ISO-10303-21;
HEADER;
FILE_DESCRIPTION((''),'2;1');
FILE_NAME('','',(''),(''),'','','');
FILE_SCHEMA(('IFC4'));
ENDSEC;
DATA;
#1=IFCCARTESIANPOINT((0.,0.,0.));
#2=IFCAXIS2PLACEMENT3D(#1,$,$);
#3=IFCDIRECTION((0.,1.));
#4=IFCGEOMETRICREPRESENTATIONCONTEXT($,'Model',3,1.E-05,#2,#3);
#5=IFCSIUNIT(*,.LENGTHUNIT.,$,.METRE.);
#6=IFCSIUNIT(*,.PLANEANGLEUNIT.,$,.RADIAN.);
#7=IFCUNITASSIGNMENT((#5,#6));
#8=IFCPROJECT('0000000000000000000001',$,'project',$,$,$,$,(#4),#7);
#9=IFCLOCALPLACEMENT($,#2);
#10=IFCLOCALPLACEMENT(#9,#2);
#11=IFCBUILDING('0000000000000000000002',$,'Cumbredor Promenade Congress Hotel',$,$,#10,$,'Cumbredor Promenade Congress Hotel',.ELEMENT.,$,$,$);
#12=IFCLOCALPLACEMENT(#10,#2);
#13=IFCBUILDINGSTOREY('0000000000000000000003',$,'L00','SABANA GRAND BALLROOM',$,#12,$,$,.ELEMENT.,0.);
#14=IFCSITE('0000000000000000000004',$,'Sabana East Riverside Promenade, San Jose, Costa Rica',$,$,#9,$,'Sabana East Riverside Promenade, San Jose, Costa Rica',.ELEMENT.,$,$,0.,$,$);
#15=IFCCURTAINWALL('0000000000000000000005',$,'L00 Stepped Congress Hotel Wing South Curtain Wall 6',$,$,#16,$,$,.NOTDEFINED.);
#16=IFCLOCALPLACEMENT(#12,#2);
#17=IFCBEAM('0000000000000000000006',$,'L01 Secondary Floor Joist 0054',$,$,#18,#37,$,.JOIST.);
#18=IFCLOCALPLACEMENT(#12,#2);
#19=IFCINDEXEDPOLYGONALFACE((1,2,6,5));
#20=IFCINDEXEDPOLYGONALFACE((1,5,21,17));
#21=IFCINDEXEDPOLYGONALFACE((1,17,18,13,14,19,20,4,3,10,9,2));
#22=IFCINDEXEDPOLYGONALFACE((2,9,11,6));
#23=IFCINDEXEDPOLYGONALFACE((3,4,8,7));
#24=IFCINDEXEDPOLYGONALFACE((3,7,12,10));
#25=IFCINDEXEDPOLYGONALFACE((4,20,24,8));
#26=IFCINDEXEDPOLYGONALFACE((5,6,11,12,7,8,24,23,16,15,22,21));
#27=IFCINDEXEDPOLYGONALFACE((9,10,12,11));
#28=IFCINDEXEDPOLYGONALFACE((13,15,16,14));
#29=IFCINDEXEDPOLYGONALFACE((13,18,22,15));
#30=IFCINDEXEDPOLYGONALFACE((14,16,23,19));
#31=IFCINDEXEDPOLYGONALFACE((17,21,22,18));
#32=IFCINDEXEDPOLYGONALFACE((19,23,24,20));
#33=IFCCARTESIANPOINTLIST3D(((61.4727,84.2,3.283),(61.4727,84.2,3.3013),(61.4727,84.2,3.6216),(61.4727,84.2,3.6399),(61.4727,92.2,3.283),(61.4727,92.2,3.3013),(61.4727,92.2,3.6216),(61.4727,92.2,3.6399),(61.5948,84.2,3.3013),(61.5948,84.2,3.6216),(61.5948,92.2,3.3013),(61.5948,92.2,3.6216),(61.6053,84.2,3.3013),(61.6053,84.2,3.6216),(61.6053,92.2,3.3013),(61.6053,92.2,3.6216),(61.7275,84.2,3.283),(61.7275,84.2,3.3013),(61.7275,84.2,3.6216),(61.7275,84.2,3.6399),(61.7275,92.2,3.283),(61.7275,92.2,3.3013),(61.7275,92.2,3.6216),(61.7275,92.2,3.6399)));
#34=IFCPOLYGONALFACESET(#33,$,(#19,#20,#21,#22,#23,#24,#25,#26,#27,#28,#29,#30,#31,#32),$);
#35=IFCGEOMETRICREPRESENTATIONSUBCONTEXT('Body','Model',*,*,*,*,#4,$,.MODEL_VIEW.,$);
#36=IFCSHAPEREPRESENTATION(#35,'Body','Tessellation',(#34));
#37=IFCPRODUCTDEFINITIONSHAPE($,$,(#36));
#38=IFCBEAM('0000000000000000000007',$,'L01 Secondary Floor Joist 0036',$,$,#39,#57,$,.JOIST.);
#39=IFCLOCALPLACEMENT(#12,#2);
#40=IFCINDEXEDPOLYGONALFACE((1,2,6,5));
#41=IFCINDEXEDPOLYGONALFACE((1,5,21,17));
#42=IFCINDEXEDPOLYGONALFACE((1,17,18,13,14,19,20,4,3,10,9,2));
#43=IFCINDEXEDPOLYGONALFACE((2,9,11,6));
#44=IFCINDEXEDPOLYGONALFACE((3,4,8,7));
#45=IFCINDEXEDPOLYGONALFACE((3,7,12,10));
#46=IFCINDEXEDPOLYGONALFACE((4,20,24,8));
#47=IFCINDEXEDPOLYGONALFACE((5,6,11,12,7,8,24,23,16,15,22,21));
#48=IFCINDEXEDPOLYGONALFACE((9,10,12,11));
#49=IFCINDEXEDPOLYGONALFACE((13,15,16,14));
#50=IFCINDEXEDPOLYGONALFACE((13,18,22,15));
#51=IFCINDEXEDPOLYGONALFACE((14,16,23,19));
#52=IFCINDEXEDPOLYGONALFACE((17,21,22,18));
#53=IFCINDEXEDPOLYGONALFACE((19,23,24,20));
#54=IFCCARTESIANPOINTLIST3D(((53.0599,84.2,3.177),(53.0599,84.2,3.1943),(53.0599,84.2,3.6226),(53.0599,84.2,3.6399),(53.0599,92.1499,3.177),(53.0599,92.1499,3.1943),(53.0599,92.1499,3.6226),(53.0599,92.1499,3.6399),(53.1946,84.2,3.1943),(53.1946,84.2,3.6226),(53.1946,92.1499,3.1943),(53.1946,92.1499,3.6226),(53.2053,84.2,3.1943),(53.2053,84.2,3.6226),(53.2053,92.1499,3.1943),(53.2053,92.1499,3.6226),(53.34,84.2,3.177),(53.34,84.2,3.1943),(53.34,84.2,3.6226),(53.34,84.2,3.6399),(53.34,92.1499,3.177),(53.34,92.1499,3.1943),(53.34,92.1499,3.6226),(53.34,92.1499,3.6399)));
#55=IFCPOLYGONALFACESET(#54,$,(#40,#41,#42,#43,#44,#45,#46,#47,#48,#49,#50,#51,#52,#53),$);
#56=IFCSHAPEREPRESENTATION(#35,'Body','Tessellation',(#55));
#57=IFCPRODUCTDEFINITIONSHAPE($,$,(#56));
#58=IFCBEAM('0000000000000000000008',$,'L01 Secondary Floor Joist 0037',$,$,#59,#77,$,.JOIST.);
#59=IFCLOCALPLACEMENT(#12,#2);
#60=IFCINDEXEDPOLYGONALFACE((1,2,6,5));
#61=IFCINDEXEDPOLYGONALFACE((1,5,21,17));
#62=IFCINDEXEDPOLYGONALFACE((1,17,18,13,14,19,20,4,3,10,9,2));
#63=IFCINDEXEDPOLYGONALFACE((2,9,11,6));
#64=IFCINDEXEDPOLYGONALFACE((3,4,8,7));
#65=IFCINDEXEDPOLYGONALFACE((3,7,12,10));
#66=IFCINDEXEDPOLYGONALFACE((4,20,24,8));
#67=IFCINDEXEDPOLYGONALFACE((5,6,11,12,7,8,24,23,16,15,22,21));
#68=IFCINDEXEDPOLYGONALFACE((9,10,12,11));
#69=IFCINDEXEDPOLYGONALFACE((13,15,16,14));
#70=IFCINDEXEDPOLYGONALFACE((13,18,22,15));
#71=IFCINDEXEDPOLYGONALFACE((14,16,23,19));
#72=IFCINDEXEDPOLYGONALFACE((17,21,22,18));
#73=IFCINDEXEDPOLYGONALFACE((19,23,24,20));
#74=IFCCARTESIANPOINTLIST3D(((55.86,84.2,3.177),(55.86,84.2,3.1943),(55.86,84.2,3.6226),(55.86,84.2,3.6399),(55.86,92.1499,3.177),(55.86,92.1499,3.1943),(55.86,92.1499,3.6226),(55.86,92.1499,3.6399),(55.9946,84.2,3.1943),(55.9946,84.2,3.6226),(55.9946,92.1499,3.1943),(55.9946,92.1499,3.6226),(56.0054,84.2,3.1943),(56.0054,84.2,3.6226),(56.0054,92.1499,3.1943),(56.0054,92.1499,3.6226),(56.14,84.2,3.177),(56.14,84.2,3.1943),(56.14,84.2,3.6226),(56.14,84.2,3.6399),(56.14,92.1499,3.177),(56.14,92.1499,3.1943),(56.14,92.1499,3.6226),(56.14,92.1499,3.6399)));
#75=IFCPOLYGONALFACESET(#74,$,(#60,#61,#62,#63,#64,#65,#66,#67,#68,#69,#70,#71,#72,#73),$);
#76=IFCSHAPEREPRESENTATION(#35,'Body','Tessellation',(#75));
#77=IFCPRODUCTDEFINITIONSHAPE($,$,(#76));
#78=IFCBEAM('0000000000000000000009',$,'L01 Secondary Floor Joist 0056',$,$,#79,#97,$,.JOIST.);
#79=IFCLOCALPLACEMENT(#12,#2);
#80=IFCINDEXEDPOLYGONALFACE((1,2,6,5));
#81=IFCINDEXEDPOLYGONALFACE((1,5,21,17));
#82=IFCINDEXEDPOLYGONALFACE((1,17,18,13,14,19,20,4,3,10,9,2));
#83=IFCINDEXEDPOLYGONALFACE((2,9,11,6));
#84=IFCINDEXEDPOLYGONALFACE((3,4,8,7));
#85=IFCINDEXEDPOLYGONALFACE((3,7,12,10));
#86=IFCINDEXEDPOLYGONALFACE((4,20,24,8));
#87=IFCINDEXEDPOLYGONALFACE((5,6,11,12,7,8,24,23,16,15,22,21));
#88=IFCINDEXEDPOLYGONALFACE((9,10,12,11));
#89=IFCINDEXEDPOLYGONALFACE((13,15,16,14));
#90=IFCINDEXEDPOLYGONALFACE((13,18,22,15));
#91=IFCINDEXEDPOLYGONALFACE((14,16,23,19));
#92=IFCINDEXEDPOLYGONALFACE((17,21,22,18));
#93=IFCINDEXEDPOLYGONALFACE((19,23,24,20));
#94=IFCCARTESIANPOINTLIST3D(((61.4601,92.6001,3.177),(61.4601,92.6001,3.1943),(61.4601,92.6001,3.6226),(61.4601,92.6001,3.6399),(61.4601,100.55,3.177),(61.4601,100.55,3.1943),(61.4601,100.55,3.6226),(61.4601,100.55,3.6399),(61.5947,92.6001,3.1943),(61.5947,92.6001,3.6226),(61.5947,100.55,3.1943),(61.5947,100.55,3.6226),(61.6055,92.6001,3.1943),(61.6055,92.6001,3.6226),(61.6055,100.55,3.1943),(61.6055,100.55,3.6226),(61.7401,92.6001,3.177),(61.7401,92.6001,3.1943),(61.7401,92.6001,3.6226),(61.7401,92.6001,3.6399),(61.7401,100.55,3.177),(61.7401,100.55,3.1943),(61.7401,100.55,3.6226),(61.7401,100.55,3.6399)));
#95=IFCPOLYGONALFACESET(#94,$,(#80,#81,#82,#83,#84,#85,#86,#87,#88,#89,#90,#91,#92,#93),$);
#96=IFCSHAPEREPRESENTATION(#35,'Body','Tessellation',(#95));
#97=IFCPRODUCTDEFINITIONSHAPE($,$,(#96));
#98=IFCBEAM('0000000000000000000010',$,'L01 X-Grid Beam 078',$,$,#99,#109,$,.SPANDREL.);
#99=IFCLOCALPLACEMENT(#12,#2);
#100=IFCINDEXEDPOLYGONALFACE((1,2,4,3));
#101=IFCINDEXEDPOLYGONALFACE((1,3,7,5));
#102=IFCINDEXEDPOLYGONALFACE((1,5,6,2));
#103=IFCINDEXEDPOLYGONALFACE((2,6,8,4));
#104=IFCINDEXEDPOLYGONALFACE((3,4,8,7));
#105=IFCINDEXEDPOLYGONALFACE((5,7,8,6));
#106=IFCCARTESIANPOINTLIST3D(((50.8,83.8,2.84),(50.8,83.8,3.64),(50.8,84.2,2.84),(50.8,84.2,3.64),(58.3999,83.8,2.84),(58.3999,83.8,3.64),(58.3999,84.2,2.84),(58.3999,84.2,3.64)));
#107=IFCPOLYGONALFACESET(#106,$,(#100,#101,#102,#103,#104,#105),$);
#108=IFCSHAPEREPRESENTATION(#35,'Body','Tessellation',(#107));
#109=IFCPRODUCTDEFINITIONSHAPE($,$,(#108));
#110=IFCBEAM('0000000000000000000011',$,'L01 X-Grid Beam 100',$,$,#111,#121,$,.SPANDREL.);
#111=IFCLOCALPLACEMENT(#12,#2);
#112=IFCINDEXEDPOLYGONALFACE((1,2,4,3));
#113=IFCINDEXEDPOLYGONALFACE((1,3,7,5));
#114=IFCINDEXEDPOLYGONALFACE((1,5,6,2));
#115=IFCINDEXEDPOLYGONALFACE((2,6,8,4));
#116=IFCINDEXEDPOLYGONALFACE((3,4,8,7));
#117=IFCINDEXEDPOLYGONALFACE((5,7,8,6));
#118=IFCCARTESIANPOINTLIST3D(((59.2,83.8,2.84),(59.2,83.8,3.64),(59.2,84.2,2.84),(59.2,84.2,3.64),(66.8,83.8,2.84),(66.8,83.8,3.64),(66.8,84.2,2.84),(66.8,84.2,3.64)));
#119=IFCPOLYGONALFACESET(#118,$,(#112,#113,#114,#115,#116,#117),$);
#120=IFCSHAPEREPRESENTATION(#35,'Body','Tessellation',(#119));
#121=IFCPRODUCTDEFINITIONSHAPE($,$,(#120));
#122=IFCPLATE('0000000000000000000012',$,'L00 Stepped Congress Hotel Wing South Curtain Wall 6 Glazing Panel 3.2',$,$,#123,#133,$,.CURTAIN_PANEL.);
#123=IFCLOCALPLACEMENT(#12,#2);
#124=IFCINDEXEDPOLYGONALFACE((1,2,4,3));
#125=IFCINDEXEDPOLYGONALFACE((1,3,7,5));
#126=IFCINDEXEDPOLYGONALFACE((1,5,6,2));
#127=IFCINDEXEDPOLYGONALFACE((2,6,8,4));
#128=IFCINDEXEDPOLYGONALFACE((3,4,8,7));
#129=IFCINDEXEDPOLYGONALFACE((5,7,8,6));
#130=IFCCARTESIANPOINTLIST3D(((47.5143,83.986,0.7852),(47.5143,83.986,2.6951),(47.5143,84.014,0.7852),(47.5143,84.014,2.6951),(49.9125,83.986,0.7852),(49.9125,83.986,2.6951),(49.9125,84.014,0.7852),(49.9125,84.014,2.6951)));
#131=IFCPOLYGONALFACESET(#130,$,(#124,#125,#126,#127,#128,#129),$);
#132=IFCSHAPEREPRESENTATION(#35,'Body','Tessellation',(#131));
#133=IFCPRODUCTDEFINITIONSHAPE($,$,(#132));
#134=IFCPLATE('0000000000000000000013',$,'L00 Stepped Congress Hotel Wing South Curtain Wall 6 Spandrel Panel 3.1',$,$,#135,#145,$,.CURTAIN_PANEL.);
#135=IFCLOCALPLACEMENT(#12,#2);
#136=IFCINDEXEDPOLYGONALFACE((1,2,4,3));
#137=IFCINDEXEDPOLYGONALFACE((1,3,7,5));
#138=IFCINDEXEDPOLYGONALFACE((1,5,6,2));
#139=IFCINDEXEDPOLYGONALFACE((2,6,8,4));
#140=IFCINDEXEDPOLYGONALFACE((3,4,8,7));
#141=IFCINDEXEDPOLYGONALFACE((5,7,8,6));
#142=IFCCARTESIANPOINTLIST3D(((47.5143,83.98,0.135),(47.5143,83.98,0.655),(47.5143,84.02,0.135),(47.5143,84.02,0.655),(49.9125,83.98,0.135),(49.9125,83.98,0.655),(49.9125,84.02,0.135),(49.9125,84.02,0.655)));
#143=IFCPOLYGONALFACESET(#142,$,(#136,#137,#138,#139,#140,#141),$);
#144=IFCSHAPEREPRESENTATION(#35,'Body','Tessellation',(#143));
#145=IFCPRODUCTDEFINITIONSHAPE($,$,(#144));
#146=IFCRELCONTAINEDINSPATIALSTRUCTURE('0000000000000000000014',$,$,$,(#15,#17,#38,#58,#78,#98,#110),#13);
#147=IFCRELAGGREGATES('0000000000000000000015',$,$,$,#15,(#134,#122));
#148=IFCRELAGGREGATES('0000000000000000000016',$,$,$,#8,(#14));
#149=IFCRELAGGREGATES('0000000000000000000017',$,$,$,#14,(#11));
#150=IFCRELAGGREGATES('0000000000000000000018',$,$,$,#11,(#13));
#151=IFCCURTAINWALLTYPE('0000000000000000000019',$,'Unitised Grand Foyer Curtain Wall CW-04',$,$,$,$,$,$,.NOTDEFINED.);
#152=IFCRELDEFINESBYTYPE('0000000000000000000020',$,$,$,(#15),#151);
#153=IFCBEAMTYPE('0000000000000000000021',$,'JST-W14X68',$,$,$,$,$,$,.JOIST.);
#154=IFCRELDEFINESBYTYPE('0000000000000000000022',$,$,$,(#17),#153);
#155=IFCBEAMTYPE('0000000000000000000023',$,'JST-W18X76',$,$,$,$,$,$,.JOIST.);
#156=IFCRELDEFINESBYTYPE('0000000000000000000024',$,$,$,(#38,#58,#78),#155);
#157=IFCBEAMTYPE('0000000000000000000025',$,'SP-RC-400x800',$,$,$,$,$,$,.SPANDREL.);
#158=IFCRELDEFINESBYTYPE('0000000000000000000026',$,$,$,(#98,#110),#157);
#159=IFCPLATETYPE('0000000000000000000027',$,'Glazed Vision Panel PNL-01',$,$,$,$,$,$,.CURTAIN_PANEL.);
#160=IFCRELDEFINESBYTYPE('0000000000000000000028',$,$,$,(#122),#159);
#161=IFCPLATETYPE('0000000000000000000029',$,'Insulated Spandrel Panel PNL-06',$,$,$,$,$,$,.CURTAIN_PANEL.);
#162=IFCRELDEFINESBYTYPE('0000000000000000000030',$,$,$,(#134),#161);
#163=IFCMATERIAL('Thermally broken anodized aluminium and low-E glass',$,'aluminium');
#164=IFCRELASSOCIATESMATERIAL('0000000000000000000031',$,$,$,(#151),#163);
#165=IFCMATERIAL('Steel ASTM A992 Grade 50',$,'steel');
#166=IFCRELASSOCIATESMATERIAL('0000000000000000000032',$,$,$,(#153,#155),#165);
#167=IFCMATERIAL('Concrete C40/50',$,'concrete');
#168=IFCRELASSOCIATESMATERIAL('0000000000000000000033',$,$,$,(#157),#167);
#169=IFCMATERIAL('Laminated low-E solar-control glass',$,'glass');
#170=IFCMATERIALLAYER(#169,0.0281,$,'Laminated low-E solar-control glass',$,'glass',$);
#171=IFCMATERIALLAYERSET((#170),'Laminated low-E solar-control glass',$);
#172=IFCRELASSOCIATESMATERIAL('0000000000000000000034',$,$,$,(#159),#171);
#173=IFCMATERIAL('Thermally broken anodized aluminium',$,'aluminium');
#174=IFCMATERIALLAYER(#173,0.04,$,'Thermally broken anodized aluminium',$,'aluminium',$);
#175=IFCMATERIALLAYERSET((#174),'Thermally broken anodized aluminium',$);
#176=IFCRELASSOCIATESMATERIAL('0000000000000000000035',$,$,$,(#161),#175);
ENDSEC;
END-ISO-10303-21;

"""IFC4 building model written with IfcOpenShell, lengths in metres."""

from ifc_helpers import new_model, si_unit, direction, frame, origin, origin_2d, place, context, subcontext, project, spatial, rectangle, i_section, extrude, material, layer, layer_set, material_profile, profile_set, type_object, element, aggregate, save


model = new_model("IFC4")

# Units and contexts
model_context = context("Model", 3, precision=1e-05, world=origin(), true_north=direction((0.0, 1.0)))
body_context = subcontext(model_context, "Body", "Model", "MODEL_VIEW")
ifc_project = project(units=[si_unit("LENGTHUNIT", "METRE"), si_unit("PLANEANGLEUNIT", "RADIAN")], contexts=[model_context])

# Site, building, storey
site_placement = place(None, origin())
site = spatial("IfcSite", under=ifc_project, at=site_placement, Name="Sabana East Riverside Promenade, San Jose, Costa Rica", LongName="Sabana East Riverside Promenade, San Jose, Costa Rica", CompositionType="ELEMENT", RefElevation=0.0)
building_placement = place(site_placement, origin())
building = spatial("IfcBuilding", under=site, at=building_placement, Name="Cumbredor Promenade Congress Hotel", LongName="Cumbredor Promenade Congress Hotel", CompositionType="ELEMENT")
storey_placement = place(building_placement, origin())
storey = spatial("IfcBuildingStorey", under=building, at=storey_placement, Name="L00", Description="SABANA GRAND BALLROOM", CompositionType="ELEMENT", Elevation=0.0)

# Shared definitions
ifc_material_1 = material(Name="Concrete C40/50", Category="concrete")

# Curtain wall
ifc_material_2 = material(Name="Thermally broken anodized aluminium and low-E glass", Category="aluminium")
curtain_wall_type = type_object("IfcCurtainWallType", Name="Unitised Grand Foyer Curtain Wall CW-04", PredefinedType="NOTDEFINED", material=ifc_material_2)
curtain_wall_placement = place(storey_placement, origin())
curtain_wall = element("IfcCurtainWall", 1, at=curtain_wall_placement, inside=storey, type_object=curtain_wall_type, Name="L00 Stepped Congress Hotel Wing South Curtain Wall 6", PredefinedType="NOTDEFINED")
ifc_material_3 = material(Name="Thermally broken anodized aluminium", Category="aluminium")

# Beams
ifc_material_4 = material(Name="Steel ASTM A992 Grade 50", Category="steel")
ifc_material_profile_1 = material_profile(ifc_material_4, i_section(OverallWidth=0.2549, OverallDepth=0.3569, WebThickness=0.0105, FlangeThickness=0.0183, at=origin_2d()), Name="W14X68")
ifc_profile_set_1 = profile_set([ifc_material_profile_1], Name="Steel ASTM A992 Grade 50")
beam_type_1 = type_object("IfcBeamType", Name="JST-W14X68", PredefinedType="JOIST", material=ifc_profile_set_1)
beam_1_placement = place(storey_placement, frame((61.6001, 84.2, 3.4614), z_axis=(0.0, 1.0, 0.0), x_axis=(-1.0, 0.0, 0.0)))
element("IfcBeam", 2, at=beam_1_placement, inside=storey, type_object=beam_type_1, Name="L01 Secondary Floor Joist 0054", PredefinedType="JOIST", context=body_context, shape_type="SweptSolid", body=[
    extrude(i_section(OverallWidth=0.2549, OverallDepth=0.3569, WebThickness=0.0105, FlangeThickness=0.0183, at=origin_2d()), origin(), (0.0, 0.0, 1.0), 8.0),
])
ifc_material_profile_2 = material_profile(ifc_material_4, i_section(OverallWidth=0.28, OverallDepth=0.4629, WebThickness=0.0107, FlangeThickness=0.0173, at=origin_2d()), Name="W18X76")
ifc_profile_set_2 = profile_set([ifc_material_profile_2], Name="Steel ASTM A992 Grade 50")
beam_type_2 = type_object("IfcBeamType", Name="JST-W18X76", PredefinedType="JOIST", material=ifc_profile_set_2)
for number, where, z_axis, x_axis, name in (
    (3, (53.2, 84.2, 3.4084), (0.0, 1.0, 0.0), (-1.0, 0.0, 0.0), "L01 Secondary Floor Joist 0036"),
    (4, (56.0, 84.2, 3.4084), (0.0, 1.0, 0.0), (-1.0, 0.0, 0.0), "L01 Secondary Floor Joist 0037"),
    (5, (61.6001, 92.6001, 3.4084), (0.0, 1.0, 0.0), (-1.0, 0.0, 0.0), "L01 Secondary Floor Joist 0056"),
):
    element("IfcBeam", number, at=place(storey_placement, frame(where, z_axis=z_axis, x_axis=x_axis)), inside=storey, type_object=beam_type_2, Name=name, PredefinedType="JOIST", context=body_context, shape_type="SweptSolid", body=[
        extrude(i_section(OverallWidth=0.28, OverallDepth=0.4629, WebThickness=0.0107, FlangeThickness=0.0173, at=origin_2d()), origin(), (0.0, 0.0, 1.0), 7.95),
    ])
ifc_material_profile_3 = material_profile(ifc_material_1, rectangle(XDim=0.3999, YDim=0.8, at=origin_2d()), Name="RC SPANDREL 400x800")
ifc_profile_set_3 = profile_set([ifc_material_profile_3], Name="Concrete C40/50")
beam_type_3 = type_object("IfcBeamType", Name="SP-RC-400x800", PredefinedType="SPANDREL", material=ifc_profile_set_3)
beam_2_placement = place(storey_placement, frame((50.8, 84.0, 3.24), z_axis=(1.0, 0.0, 0.0), x_axis=(0.0, 1.0, 0.0)))
element("IfcBeam", 6, at=beam_2_placement, inside=storey, type_object=beam_type_3, Name="L01 X-Grid Beam 078", PredefinedType="SPANDREL", context=body_context, shape_type="SweptSolid", body=[
    extrude(rectangle(XDim=0.3999, YDim=0.8, at=origin_2d()), origin(), (0.0, 0.0, 1.0), 7.5999),
])
beam_3_placement = place(storey_placement, frame((59.2, 84.0, 3.24), z_axis=(1.0, 0.0, 0.0), x_axis=(0.0, 1.0, 0.0)))
element("IfcBeam", 7, at=beam_3_placement, inside=storey, type_object=beam_type_3, Name="L01 X-Grid Beam 100", PredefinedType="SPANDREL", context=body_context, shape_type="SweptSolid", body=[
    extrude(rectangle(XDim=0.3999, YDim=0.8, at=origin_2d()), origin(), (0.0, 0.0, 1.0), 7.6001),
])

# Plates
ifc_material_5 = material(Name="Laminated low-E solar-control glass", Category="glass")
ifc_layer_1 = layer(ifc_material_5, 0.0281, Name="Laminated low-E solar-control glass", Category="glass")
ifc_layer_set_1 = layer_set([ifc_layer_1], Name="Laminated low-E solar-control glass")
plate_type_1 = type_object("IfcPlateType", Name="Glazed Vision Panel PNL-01", PredefinedType="CURTAIN_PANEL", material=ifc_layer_set_1)
plate_1_placement = place(storey_placement, frame((48.7134, 84.0, 0.7852), z_axis=(0.0, 0.0, 1.0), x_axis=(1.0, 0.0, 0.0)))
plate_1 = element("IfcPlate", 8, at=plate_1_placement, type_object=plate_type_1, Name="L00 Stepped Congress Hotel Wing South Curtain Wall 6 Glazing Panel 3.2", PredefinedType="CURTAIN_PANEL", context=body_context, shape_type="SweptSolid", body=[
    extrude(rectangle(XDim=2.3982, YDim=0.0281, at=origin_2d()), origin(), (0.0, 0.0, 1.0), 1.9099),
])
ifc_layer_2 = layer(ifc_material_3, 0.04, Name="Thermally broken anodized aluminium", Category="aluminium")
ifc_layer_set_2 = layer_set([ifc_layer_2], Name="Thermally broken anodized aluminium")
plate_type_2 = type_object("IfcPlateType", Name="Insulated Spandrel Panel PNL-06", PredefinedType="CURTAIN_PANEL", material=ifc_layer_set_2)
plate_2_placement = place(storey_placement, frame((48.7134, 84.0, 0.135), z_axis=(0.0, 0.0, 1.0), x_axis=(1.0, 0.0, 0.0)))
plate_2 = element("IfcPlate", 9, at=plate_2_placement, type_object=plate_type_2, Name="L00 Stepped Congress Hotel Wing South Curtain Wall 6 Spandrel Panel 3.1", PredefinedType="CURTAIN_PANEL", context=body_context, shape_type="SweptSolid", body=[
    extrude(rectangle(XDim=2.3982, YDim=0.04, at=origin_2d()), origin(), (0.0, 0.0, 1.0), 0.52),
])
aggregate(curtain_wall, [plate_2, plate_1])

save(model, "model.ifc")
